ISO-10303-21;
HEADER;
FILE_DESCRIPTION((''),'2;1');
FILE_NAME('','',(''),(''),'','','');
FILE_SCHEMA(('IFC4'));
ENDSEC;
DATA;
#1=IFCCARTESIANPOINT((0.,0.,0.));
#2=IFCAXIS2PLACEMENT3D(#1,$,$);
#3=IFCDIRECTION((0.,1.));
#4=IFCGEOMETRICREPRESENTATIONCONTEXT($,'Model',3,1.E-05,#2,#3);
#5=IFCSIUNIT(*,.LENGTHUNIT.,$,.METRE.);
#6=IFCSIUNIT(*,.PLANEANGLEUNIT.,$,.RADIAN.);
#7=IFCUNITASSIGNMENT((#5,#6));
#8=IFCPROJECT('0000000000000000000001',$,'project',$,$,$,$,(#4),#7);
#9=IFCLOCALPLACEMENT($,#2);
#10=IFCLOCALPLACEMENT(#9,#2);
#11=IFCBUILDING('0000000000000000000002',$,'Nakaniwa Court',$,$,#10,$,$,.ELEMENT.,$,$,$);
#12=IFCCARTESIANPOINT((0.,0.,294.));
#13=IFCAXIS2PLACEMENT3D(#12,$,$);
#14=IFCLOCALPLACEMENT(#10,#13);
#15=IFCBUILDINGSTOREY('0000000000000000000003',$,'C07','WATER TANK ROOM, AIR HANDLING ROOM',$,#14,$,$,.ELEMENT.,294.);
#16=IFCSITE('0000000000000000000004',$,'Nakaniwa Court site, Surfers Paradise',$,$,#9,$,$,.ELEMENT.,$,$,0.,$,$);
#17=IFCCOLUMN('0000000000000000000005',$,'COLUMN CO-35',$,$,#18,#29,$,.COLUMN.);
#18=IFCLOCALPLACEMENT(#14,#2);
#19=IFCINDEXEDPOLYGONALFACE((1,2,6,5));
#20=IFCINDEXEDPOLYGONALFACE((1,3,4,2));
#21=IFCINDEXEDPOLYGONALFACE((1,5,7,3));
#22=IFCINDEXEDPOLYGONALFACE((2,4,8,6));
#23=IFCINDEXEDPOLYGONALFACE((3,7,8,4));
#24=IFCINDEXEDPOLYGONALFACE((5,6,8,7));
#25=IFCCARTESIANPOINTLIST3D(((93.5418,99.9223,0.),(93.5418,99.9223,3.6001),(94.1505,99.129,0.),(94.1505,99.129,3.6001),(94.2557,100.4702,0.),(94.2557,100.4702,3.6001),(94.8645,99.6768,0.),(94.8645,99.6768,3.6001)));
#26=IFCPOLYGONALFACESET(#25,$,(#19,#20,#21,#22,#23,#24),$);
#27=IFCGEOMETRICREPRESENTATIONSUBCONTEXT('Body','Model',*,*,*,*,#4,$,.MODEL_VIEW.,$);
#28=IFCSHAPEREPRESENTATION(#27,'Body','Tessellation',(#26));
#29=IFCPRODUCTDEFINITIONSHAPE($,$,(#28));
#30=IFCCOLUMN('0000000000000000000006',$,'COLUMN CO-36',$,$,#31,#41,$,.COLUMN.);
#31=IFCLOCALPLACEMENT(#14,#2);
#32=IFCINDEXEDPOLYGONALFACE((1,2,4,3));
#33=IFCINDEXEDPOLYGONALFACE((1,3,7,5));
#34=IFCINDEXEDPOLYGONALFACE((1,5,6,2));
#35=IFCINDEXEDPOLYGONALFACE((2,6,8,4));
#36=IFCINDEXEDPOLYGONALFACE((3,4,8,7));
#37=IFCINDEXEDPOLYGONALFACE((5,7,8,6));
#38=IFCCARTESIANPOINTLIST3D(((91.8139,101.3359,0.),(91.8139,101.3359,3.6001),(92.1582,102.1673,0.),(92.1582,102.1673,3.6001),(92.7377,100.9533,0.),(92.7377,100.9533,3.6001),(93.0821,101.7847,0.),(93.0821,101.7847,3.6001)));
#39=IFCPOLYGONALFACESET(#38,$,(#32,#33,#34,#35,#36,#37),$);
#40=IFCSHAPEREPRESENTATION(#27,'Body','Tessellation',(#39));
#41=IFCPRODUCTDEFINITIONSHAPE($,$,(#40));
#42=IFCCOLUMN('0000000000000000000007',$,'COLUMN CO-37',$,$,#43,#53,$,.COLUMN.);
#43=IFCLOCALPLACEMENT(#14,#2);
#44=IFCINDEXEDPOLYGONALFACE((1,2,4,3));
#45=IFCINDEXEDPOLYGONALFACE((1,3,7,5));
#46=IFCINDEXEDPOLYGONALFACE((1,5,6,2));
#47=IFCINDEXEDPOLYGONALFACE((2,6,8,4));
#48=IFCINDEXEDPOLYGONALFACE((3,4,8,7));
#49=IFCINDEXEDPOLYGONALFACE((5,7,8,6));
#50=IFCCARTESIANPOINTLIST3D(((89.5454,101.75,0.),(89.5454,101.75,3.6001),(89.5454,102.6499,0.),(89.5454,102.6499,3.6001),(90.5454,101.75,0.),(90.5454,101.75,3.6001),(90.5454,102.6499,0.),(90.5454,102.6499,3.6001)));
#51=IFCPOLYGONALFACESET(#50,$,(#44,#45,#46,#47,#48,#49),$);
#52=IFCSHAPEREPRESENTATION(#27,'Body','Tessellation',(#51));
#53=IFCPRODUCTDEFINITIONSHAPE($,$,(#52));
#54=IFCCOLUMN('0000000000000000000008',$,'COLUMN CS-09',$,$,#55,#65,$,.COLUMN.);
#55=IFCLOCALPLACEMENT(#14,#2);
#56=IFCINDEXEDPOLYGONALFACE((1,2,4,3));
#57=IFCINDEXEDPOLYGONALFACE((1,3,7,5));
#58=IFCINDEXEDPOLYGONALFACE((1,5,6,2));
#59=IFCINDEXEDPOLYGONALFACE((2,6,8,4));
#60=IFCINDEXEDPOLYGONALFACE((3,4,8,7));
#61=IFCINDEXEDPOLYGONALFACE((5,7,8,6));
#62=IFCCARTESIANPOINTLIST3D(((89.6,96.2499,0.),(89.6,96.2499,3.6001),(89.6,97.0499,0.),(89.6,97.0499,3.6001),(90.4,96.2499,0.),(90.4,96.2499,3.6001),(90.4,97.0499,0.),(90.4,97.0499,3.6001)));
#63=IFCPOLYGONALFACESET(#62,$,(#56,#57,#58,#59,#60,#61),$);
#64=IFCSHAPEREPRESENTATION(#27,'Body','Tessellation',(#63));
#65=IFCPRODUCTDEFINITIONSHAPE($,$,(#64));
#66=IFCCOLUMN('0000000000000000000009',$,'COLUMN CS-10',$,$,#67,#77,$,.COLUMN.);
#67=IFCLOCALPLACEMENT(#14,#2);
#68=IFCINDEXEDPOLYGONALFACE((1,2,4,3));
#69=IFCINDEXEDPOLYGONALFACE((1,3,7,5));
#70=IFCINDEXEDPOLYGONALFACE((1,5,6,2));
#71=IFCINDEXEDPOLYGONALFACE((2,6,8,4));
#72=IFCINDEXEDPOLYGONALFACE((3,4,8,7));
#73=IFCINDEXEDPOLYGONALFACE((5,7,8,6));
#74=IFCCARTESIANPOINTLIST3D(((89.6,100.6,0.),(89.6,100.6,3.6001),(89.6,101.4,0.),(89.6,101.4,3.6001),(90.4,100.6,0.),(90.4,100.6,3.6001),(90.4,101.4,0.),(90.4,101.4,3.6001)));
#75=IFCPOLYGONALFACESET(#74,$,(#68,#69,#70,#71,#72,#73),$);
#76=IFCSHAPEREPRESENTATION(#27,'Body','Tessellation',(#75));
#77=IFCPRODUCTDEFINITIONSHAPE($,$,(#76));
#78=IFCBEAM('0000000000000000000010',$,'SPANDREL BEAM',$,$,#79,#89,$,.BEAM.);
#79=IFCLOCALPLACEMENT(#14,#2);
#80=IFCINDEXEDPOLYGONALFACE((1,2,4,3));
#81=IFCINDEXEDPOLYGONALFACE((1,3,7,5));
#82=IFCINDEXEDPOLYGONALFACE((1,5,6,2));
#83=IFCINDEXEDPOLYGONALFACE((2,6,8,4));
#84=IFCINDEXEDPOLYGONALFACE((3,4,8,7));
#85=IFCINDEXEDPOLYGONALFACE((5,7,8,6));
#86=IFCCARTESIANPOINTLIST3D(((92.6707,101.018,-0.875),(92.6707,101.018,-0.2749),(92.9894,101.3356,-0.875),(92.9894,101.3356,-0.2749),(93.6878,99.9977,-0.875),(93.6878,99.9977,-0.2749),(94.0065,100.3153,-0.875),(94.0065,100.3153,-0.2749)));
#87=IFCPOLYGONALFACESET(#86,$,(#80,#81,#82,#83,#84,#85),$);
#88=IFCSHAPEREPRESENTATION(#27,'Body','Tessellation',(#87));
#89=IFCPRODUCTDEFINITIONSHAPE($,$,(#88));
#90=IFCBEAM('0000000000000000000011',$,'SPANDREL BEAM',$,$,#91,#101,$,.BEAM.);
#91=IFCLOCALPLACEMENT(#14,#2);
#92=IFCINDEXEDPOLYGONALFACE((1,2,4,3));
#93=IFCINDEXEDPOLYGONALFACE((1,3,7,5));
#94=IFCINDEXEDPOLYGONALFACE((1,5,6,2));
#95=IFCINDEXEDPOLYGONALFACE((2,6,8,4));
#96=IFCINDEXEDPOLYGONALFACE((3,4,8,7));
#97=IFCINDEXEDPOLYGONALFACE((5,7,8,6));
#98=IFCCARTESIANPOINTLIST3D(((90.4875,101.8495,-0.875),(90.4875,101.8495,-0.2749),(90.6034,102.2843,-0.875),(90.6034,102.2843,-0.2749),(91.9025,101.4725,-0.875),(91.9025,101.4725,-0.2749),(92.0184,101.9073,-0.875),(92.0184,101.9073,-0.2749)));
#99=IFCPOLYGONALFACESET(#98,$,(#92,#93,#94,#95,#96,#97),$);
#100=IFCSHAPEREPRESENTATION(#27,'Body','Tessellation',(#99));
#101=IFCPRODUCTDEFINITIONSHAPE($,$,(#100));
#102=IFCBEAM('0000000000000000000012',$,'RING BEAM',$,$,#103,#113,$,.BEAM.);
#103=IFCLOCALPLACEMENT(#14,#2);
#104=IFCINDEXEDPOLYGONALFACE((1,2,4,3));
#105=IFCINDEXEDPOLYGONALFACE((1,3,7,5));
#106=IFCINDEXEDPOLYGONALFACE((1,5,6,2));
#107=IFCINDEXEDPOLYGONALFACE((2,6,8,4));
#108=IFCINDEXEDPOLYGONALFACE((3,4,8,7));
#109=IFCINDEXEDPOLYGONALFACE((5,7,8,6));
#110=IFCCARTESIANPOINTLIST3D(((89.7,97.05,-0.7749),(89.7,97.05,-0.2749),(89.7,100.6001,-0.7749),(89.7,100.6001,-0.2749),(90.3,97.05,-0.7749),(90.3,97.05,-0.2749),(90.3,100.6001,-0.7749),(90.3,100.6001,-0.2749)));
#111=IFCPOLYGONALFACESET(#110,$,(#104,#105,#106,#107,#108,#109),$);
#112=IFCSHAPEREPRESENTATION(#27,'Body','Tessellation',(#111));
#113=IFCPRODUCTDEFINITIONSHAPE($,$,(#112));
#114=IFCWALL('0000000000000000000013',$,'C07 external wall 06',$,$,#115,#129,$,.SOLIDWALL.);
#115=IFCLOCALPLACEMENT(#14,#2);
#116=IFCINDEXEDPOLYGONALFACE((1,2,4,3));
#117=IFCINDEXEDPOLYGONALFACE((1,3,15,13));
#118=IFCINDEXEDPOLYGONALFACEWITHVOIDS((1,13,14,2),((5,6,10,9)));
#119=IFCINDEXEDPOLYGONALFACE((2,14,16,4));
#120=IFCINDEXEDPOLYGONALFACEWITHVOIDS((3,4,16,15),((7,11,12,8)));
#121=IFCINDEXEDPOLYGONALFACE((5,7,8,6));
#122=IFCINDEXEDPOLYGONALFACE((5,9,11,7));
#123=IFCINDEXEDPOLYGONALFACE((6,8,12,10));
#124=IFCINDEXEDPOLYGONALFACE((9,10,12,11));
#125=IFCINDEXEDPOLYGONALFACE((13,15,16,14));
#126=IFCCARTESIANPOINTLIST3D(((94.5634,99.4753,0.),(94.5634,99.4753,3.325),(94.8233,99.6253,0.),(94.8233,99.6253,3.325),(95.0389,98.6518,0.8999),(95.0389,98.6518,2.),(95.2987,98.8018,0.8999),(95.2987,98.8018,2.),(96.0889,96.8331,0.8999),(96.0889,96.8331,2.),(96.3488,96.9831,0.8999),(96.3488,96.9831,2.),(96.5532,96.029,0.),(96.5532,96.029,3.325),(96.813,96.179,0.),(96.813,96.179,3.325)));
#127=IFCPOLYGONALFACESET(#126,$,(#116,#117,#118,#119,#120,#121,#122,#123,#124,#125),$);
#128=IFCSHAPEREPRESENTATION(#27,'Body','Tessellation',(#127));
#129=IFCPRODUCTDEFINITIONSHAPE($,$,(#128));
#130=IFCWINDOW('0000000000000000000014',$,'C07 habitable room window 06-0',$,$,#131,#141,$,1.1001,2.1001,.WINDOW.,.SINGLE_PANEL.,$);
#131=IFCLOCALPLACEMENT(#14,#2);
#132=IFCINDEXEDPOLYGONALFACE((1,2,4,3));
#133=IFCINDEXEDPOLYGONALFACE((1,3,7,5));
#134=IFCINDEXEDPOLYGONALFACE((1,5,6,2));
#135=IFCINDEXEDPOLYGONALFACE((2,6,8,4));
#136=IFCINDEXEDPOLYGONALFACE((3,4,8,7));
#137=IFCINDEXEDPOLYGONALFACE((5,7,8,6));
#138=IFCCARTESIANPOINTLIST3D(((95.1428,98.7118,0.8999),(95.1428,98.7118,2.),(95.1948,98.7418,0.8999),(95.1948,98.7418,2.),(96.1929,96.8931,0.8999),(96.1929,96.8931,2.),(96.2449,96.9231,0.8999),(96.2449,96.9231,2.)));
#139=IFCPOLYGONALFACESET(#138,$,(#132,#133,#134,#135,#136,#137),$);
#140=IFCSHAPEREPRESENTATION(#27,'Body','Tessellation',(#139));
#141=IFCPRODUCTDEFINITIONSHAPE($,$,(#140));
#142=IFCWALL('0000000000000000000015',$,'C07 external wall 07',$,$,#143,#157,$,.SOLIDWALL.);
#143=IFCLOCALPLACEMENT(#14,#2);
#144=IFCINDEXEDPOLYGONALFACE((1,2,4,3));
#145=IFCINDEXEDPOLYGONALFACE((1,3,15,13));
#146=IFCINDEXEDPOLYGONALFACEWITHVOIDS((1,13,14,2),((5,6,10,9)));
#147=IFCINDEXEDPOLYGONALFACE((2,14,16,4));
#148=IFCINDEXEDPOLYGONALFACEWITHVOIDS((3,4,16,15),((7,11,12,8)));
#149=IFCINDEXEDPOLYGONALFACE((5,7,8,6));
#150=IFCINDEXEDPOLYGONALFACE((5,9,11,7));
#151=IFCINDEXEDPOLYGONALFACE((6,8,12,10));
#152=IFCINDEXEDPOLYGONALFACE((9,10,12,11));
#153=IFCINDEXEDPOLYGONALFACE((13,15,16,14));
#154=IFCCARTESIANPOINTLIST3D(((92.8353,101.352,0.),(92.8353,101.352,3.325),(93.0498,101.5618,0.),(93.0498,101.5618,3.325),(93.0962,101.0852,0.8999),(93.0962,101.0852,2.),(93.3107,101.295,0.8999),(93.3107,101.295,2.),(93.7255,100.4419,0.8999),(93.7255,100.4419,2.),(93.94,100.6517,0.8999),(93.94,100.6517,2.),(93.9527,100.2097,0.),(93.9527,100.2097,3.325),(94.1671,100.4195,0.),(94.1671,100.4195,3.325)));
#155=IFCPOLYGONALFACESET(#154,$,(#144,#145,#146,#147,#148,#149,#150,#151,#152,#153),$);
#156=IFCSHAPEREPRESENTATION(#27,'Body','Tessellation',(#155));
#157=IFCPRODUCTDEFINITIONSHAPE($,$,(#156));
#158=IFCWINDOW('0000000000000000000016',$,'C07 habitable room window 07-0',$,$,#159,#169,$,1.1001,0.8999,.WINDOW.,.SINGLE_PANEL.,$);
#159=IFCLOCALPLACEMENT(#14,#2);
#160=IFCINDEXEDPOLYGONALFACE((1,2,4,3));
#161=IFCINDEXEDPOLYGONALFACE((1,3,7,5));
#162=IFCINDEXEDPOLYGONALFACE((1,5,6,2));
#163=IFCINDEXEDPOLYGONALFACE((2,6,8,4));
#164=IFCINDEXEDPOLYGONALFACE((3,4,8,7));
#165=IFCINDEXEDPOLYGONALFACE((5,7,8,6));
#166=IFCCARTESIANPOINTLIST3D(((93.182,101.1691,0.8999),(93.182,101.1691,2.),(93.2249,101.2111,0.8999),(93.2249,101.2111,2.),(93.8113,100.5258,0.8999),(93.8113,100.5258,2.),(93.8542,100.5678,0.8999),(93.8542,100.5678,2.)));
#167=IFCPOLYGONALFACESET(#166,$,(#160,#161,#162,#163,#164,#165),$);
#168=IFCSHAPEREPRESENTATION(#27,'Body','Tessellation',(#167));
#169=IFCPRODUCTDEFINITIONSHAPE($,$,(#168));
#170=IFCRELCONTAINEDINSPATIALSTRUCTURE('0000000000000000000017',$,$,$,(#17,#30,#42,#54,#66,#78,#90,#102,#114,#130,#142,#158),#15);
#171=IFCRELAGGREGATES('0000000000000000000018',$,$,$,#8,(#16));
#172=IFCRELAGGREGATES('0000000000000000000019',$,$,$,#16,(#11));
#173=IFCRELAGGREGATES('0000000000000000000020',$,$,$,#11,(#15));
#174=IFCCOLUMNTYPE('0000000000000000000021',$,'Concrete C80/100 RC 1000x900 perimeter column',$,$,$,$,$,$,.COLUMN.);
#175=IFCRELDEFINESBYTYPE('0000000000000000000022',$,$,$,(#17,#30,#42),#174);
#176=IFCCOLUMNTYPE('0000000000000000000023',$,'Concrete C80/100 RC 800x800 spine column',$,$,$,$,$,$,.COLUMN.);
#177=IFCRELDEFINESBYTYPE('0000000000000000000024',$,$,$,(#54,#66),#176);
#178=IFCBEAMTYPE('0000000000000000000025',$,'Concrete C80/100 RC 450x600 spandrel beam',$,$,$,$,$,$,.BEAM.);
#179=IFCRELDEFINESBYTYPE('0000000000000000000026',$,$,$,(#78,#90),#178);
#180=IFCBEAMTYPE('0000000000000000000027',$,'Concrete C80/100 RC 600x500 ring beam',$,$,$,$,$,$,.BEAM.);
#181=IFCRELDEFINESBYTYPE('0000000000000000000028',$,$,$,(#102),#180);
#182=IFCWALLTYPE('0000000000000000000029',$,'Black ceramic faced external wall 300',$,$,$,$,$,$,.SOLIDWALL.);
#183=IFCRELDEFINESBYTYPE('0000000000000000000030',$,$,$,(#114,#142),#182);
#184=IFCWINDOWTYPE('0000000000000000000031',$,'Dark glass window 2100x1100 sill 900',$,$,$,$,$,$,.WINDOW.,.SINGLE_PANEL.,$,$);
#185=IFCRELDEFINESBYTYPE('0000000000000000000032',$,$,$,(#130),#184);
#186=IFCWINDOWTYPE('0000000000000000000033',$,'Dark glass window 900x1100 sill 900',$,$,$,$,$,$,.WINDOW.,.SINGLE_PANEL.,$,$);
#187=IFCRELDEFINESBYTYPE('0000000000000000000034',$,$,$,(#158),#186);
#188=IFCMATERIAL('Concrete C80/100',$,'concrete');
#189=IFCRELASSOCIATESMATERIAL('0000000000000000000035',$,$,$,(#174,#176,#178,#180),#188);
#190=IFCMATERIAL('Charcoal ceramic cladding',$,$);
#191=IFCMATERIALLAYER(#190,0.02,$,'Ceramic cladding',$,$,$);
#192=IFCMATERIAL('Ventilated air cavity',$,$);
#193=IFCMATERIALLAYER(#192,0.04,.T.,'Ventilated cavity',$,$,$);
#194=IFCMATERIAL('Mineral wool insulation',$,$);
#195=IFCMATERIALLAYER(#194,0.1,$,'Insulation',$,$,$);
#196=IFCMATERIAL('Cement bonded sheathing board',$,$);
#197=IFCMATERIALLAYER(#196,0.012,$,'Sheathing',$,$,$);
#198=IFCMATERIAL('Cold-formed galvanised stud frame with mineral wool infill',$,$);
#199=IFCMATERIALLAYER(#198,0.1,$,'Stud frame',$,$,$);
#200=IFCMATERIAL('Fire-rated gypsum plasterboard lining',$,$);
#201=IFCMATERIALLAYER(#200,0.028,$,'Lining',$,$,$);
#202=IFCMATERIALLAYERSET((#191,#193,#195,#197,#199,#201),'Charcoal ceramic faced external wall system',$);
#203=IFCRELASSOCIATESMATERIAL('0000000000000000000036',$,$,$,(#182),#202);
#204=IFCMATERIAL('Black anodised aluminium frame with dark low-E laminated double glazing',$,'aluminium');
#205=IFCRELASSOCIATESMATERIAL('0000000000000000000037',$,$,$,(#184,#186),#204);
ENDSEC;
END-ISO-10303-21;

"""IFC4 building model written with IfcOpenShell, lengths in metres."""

from ifc_helpers import new_model, si_unit, direction, frame, frame_2d, origin, origin_2d, place, context, subcontext, project, spatial, rectangle, extrude, material, layer, layer_set, material_profile, profile_set, type_object, element, fill, save


model = new_model("IFC4")

# Units and contexts
model_context = context("Model", 3, precision=1e-05, world=origin(), true_north=direction((0.0, 1.0)))
body_context = subcontext(model_context, "Body", "Model", "MODEL_VIEW")
ifc_project = project(units=[si_unit("LENGTHUNIT", "METRE"), si_unit("PLANEANGLEUNIT", "RADIAN")], contexts=[model_context])

# Site, building, storey
site_placement = place(None, origin())
site = spatial("IfcSite", under=ifc_project, at=site_placement, Name="Nakaniwa Court site, Surfers Paradise", CompositionType="ELEMENT", RefElevation=0.0)
building_placement = place(site_placement, origin())
building = spatial("IfcBuilding", under=site, at=building_placement, Name="Nakaniwa Court", CompositionType="ELEMENT")
storey_placement = place(building_placement, frame((0.0, 0.0, 294.0)))
storey = spatial("IfcBuildingStorey", under=building, at=storey_placement, Name="C07", Description="WATER TANK ROOM, AIR HANDLING ROOM", CompositionType="ELEMENT", Elevation=294.0)

# Columns
ifc_material_1 = material(Name="Concrete C80/100", Category="concrete")
ifc_material_profile_1 = material_profile(ifc_material_1, rectangle(XDim=1.0, YDim=0.8999, at=origin_2d()), Name="Concrete C80/100 RC 1000x900 perimeter column")
ifc_profile_set_1 = profile_set([ifc_material_profile_1], Name="Concrete C80/100")
column_type_1 = type_object("IfcColumnType", Name="Concrete C80/100 RC 1000x900 perimeter column", PredefinedType="COLUMN", material=ifc_profile_set_1)
for number, where, z_axis, x_axis, name in (
    (1, (94.2031, 99.7996, 0.0), (0.0, 0.0, 1.0), (-0.608761, 0.793353, 0.0), "COLUMN CO-35"),
    (2, (92.448, 101.5603, 0.0), (0.0, 0.0, 1.0), (-0.92388, 0.382683, 0.0), "COLUMN CO-36"),
    (3, (90.0454, 102.2, 0.0), (0.0, 0.0, 1.0), (-1.0, 0.0, 0.0), "COLUMN CO-37"),
):
    element("IfcColumn", number, at=place(storey_placement, frame(where, z_axis=z_axis, x_axis=x_axis)), inside=storey, type_object=column_type_1, Name=name, PredefinedType="COLUMN", context=body_context, shape_type="SweptSolid", body=[
        extrude(rectangle(XDim=1.0, YDim=0.8999, at=origin_2d()), origin(), (0.0, 0.0, 1.0), 3.6001),
    ])
ifc_material_profile_2 = material_profile(ifc_material_1, rectangle(XDim=0.8, YDim=0.8, at=origin_2d()), Name="Concrete C80/100 RC 800x800 spine column")
ifc_profile_set_2 = profile_set([ifc_material_profile_2], Name="Concrete C80/100")
column_type_2 = type_object("IfcColumnType", Name="Concrete C80/100 RC 800x800 spine column", PredefinedType="COLUMN", material=ifc_profile_set_2)
for number, where, z_axis, x_axis, name in (
    (4, (90.0, 96.6499, 0.0), (0.0, 0.0, 1.0), (0.0, 1.0, 0.0), "COLUMN CS-09"),
    (5, (90.0, 101.0, 0.0), (0.0, 0.0, 1.0), (0.0, 1.0, 0.0), "COLUMN CS-10"),
):
    element("IfcColumn", number, at=place(storey_placement, frame(where, z_axis=z_axis, x_axis=x_axis)), inside=storey, type_object=column_type_2, Name=name, PredefinedType="COLUMN", context=body_context, shape_type="SweptSolid", body=[
        extrude(rectangle(XDim=0.8, YDim=0.8, at=origin_2d()), origin(), (0.0, 0.0, 1.0), 3.6001),
    ])

# Beams
ifc_material_profile_3 = material_profile(ifc_material_1, rectangle(XDim=0.45, YDim=0.6001, at=origin_2d()), Name="Concrete C80/100 RC 450x600 spandrel beam")
ifc_profile_set_3 = profile_set([ifc_material_profile_3], Name="Concrete C80/100")
beam_type_1 = type_object("IfcBeamType", Name="Concrete C80/100 RC 450x600 spandrel beam", PredefinedType="BEAM", material=ifc_profile_set_3)
beam_1_placement = place(storey_placement, frame((93.8472, 100.1565, -0.575), z_axis=(-0.706004, 0.708207, 0.0), x_axis=(-0.708207, -0.706004, 0.0)))
element("IfcBeam", 6, at=beam_1_placement, inside=storey, type_object=beam_type_1, Name="SPANDREL BEAM", PredefinedType="BEAM", context=body_context, shape_type="SweptSolid", body=[
    extrude(rectangle(XDim=0.45, YDim=0.6001, at=origin_2d()), origin(), (0.0, 0.0, 1.0), 1.4407),
])
beam_2_placement = place(storey_placement, frame((91.9604, 101.6899, -0.575), z_axis=(-0.966301, 0.257414, 0.0), x_axis=(-0.257414, -0.966301, 0.0)))
element("IfcBeam", 7, at=beam_2_placement, inside=storey, type_object=beam_type_1, Name="SPANDREL BEAM", PredefinedType="BEAM", context=body_context, shape_type="SweptSolid", body=[
    extrude(rectangle(XDim=0.45, YDim=0.6001, at=origin_2d()), origin(), (0.0, 0.0, 1.0), 1.4644),
])
ifc_material_profile_4 = material_profile(ifc_material_1, rectangle(XDim=0.6001, YDim=0.5, at=origin_2d()), Name="Concrete C80/100 RC 600x500 ring beam")
ifc_profile_set_4 = profile_set([ifc_material_profile_4], Name="Concrete C80/100")
beam_type_2 = type_object("IfcBeamType", Name="Concrete C80/100 RC 600x500 ring beam", PredefinedType="BEAM", material=ifc_profile_set_4)
beam_3_placement = place(storey_placement, frame((90.0, 97.05, -0.5249), z_axis=(0.0, 1.0, 0.0), x_axis=(-1.0, 0.0, 0.0)))
element("IfcBeam", 8, at=beam_3_placement, inside=storey, type_object=beam_type_2, Name="RING BEAM", PredefinedType="BEAM", context=body_context, shape_type="SweptSolid", body=[
    extrude(rectangle(XDim=0.6001, YDim=0.5, at=origin_2d()), origin(), (0.0, 0.0, 1.0), 3.55),
])

# Walls, openings, windows
ifc_material_2 = material(Name="Charcoal ceramic cladding")
ifc_layer_1 = layer(ifc_material_2, 0.02, Name="Ceramic cladding")
ifc_material_3 = material(Name="Ventilated air cavity")
ifc_layer_2 = layer(ifc_material_3, 0.04, ventilated=True, Name="Ventilated cavity")
ifc_material_4 = material(Name="Mineral wool insulation")
ifc_layer_3 = layer(ifc_material_4, 0.1, Name="Insulation")
ifc_material_5 = material(Name="Cement bonded sheathing board")
ifc_layer_4 = layer(ifc_material_5, 0.012, Name="Sheathing")
ifc_material_6 = material(Name="Cold-formed galvanised stud frame with mineral wool infill")
ifc_layer_5 = layer(ifc_material_6, 0.1, Name="Stud frame")
ifc_material_7 = material(Name="Fire-rated gypsum plasterboard lining")
ifc_layer_6 = layer(ifc_material_7, 0.028, Name="Lining")
ifc_layer_set = layer_set([ifc_layer_1, ifc_layer_2, ifc_layer_3, ifc_layer_4, ifc_layer_5, ifc_layer_6], Name="Charcoal ceramic faced external wall system")
wall_type = type_object("IfcWallType", Name="Black ceramic faced external wall 300", PredefinedType="SOLIDWALL", material=ifc_layer_set)
wall_1_placement = place(storey_placement, frame((96.6831, 96.104, 0.0), z_axis=(0.0, 0.0, 1.0), x_axis=(-0.500006, 0.866022, 0.0)))
wall_1 = element("IfcWall", 9, at=wall_1_placement, inside=storey, type_object=wall_type, Name="C07 external wall 06", PredefinedType="SOLIDWALL", context=body_context, shape_type="SweptSolid", body=[
    extrude(rectangle(XDim=3.9795, YDim=0.3, at=frame_2d((1.9897, 0.0))), origin(), (0.0, 0.0, 1.0), 3.325),
])
opening_1_placement = place(wall_1_placement, frame((0.9285, 0.0, 0.8999)))
opening_1 = element("IfcOpeningElement", 10, at=opening_1_placement, cuts=wall_1, PredefinedType="OPENING", context=body_context, shape_type="SweptSolid", body=[
    extrude(rectangle(XDim=2.1001, YDim=1.1001, at=frame_2d((1.05, 0.55))), frame((0.0, 0.1599, 0.0), z_axis=(0.0, -1.0, 0.0), x_axis=(1.0, 0.0, 0.0)), (0.0, 0.0, 1.0), 0.3201),
])
ifc_material_8 = material(Name="Black anodised aluminium frame with dark low-E laminated double glazing", Category="aluminium")
window_type_1 = type_object("IfcWindowType", Name="Dark glass window 2100x1100 sill 900", PartitioningType="SINGLE_PANEL", PredefinedType="WINDOW", material=ifc_material_8)
window_1_placement = place(opening_1_placement, origin())
window_1 = element("IfcWindow", 11, at=window_1_placement, inside=storey, type_object=window_type_1, Name="C07 habitable room window 06-0", OverallHeight=1.1001, OverallWidth=2.1001, PartitioningType="SINGLE_PANEL", PredefinedType="WINDOW", context=body_context, shape_type="SweptSolid", body=[
    extrude(rectangle(XDim=2.1001, YDim=1.1001, at=frame_2d((1.05, 0.55))), frame((0.0, 0.03, 0.0), z_axis=(0.0, -1.0, 0.0), x_axis=(1.0, 0.0, 0.0)), (0.0, 0.0, 1.0), 0.0601),
])
fill(opening_1, window_1)
wall_2_placement = place(storey_placement, frame((94.0598, 100.3147, 0.0), z_axis=(0.0, 0.0, 1.0), x_axis=(-0.699272, 0.714856, 0.0)))
wall_2 = element("IfcWall", 12, at=wall_2_placement, inside=storey, type_object=wall_type, Name="C07 external wall 07", PredefinedType="SOLIDWALL", context=body_context, shape_type="SweptSolid", body=[
    extrude(rectangle(XDim=1.5979, YDim=0.3, at=frame_2d((0.7988, 0.0))), origin(), (0.0, 0.0, 1.0), 3.325),
])
opening_2_placement = place(wall_2_placement, frame((0.3247, 0.0, 0.8999)))
opening_2 = element("IfcOpeningElement", 13, at=opening_2_placement, cuts=wall_2, PredefinedType="OPENING", context=body_context, shape_type="SweptSolid", body=[
    extrude(rectangle(XDim=0.8999, YDim=1.1001, at=frame_2d((0.45, 0.55))), frame((0.0, 0.1599, 0.0), z_axis=(0.0, -1.0, 0.0), x_axis=(1.0, 0.0, 0.0)), (0.0, 0.0, 1.0), 0.3201),
])
window_type_2 = type_object("IfcWindowType", Name="Dark glass window 900x1100 sill 900", PartitioningType="SINGLE_PANEL", PredefinedType="WINDOW", material=ifc_material_8)
window_2_placement = place(opening_2_placement, origin())
window_2 = element("IfcWindow", 14, at=window_2_placement, inside=storey, type_object=window_type_2, Name="C07 habitable room window 07-0", OverallHeight=1.1001, OverallWidth=0.8999, PartitioningType="SINGLE_PANEL", PredefinedType="WINDOW", context=body_context, shape_type="SweptSolid", body=[
    extrude(rectangle(XDim=0.8999, YDim=1.1001, at=frame_2d((0.45, 0.55))), frame((0.0, 0.03, 0.0), z_axis=(0.0, -1.0, 0.0), x_axis=(1.0, 0.0, 0.0)), (0.0, 0.0, 1.0), 0.0601),
])
fill(opening_2, window_2)

save(model, "model.ifc")
